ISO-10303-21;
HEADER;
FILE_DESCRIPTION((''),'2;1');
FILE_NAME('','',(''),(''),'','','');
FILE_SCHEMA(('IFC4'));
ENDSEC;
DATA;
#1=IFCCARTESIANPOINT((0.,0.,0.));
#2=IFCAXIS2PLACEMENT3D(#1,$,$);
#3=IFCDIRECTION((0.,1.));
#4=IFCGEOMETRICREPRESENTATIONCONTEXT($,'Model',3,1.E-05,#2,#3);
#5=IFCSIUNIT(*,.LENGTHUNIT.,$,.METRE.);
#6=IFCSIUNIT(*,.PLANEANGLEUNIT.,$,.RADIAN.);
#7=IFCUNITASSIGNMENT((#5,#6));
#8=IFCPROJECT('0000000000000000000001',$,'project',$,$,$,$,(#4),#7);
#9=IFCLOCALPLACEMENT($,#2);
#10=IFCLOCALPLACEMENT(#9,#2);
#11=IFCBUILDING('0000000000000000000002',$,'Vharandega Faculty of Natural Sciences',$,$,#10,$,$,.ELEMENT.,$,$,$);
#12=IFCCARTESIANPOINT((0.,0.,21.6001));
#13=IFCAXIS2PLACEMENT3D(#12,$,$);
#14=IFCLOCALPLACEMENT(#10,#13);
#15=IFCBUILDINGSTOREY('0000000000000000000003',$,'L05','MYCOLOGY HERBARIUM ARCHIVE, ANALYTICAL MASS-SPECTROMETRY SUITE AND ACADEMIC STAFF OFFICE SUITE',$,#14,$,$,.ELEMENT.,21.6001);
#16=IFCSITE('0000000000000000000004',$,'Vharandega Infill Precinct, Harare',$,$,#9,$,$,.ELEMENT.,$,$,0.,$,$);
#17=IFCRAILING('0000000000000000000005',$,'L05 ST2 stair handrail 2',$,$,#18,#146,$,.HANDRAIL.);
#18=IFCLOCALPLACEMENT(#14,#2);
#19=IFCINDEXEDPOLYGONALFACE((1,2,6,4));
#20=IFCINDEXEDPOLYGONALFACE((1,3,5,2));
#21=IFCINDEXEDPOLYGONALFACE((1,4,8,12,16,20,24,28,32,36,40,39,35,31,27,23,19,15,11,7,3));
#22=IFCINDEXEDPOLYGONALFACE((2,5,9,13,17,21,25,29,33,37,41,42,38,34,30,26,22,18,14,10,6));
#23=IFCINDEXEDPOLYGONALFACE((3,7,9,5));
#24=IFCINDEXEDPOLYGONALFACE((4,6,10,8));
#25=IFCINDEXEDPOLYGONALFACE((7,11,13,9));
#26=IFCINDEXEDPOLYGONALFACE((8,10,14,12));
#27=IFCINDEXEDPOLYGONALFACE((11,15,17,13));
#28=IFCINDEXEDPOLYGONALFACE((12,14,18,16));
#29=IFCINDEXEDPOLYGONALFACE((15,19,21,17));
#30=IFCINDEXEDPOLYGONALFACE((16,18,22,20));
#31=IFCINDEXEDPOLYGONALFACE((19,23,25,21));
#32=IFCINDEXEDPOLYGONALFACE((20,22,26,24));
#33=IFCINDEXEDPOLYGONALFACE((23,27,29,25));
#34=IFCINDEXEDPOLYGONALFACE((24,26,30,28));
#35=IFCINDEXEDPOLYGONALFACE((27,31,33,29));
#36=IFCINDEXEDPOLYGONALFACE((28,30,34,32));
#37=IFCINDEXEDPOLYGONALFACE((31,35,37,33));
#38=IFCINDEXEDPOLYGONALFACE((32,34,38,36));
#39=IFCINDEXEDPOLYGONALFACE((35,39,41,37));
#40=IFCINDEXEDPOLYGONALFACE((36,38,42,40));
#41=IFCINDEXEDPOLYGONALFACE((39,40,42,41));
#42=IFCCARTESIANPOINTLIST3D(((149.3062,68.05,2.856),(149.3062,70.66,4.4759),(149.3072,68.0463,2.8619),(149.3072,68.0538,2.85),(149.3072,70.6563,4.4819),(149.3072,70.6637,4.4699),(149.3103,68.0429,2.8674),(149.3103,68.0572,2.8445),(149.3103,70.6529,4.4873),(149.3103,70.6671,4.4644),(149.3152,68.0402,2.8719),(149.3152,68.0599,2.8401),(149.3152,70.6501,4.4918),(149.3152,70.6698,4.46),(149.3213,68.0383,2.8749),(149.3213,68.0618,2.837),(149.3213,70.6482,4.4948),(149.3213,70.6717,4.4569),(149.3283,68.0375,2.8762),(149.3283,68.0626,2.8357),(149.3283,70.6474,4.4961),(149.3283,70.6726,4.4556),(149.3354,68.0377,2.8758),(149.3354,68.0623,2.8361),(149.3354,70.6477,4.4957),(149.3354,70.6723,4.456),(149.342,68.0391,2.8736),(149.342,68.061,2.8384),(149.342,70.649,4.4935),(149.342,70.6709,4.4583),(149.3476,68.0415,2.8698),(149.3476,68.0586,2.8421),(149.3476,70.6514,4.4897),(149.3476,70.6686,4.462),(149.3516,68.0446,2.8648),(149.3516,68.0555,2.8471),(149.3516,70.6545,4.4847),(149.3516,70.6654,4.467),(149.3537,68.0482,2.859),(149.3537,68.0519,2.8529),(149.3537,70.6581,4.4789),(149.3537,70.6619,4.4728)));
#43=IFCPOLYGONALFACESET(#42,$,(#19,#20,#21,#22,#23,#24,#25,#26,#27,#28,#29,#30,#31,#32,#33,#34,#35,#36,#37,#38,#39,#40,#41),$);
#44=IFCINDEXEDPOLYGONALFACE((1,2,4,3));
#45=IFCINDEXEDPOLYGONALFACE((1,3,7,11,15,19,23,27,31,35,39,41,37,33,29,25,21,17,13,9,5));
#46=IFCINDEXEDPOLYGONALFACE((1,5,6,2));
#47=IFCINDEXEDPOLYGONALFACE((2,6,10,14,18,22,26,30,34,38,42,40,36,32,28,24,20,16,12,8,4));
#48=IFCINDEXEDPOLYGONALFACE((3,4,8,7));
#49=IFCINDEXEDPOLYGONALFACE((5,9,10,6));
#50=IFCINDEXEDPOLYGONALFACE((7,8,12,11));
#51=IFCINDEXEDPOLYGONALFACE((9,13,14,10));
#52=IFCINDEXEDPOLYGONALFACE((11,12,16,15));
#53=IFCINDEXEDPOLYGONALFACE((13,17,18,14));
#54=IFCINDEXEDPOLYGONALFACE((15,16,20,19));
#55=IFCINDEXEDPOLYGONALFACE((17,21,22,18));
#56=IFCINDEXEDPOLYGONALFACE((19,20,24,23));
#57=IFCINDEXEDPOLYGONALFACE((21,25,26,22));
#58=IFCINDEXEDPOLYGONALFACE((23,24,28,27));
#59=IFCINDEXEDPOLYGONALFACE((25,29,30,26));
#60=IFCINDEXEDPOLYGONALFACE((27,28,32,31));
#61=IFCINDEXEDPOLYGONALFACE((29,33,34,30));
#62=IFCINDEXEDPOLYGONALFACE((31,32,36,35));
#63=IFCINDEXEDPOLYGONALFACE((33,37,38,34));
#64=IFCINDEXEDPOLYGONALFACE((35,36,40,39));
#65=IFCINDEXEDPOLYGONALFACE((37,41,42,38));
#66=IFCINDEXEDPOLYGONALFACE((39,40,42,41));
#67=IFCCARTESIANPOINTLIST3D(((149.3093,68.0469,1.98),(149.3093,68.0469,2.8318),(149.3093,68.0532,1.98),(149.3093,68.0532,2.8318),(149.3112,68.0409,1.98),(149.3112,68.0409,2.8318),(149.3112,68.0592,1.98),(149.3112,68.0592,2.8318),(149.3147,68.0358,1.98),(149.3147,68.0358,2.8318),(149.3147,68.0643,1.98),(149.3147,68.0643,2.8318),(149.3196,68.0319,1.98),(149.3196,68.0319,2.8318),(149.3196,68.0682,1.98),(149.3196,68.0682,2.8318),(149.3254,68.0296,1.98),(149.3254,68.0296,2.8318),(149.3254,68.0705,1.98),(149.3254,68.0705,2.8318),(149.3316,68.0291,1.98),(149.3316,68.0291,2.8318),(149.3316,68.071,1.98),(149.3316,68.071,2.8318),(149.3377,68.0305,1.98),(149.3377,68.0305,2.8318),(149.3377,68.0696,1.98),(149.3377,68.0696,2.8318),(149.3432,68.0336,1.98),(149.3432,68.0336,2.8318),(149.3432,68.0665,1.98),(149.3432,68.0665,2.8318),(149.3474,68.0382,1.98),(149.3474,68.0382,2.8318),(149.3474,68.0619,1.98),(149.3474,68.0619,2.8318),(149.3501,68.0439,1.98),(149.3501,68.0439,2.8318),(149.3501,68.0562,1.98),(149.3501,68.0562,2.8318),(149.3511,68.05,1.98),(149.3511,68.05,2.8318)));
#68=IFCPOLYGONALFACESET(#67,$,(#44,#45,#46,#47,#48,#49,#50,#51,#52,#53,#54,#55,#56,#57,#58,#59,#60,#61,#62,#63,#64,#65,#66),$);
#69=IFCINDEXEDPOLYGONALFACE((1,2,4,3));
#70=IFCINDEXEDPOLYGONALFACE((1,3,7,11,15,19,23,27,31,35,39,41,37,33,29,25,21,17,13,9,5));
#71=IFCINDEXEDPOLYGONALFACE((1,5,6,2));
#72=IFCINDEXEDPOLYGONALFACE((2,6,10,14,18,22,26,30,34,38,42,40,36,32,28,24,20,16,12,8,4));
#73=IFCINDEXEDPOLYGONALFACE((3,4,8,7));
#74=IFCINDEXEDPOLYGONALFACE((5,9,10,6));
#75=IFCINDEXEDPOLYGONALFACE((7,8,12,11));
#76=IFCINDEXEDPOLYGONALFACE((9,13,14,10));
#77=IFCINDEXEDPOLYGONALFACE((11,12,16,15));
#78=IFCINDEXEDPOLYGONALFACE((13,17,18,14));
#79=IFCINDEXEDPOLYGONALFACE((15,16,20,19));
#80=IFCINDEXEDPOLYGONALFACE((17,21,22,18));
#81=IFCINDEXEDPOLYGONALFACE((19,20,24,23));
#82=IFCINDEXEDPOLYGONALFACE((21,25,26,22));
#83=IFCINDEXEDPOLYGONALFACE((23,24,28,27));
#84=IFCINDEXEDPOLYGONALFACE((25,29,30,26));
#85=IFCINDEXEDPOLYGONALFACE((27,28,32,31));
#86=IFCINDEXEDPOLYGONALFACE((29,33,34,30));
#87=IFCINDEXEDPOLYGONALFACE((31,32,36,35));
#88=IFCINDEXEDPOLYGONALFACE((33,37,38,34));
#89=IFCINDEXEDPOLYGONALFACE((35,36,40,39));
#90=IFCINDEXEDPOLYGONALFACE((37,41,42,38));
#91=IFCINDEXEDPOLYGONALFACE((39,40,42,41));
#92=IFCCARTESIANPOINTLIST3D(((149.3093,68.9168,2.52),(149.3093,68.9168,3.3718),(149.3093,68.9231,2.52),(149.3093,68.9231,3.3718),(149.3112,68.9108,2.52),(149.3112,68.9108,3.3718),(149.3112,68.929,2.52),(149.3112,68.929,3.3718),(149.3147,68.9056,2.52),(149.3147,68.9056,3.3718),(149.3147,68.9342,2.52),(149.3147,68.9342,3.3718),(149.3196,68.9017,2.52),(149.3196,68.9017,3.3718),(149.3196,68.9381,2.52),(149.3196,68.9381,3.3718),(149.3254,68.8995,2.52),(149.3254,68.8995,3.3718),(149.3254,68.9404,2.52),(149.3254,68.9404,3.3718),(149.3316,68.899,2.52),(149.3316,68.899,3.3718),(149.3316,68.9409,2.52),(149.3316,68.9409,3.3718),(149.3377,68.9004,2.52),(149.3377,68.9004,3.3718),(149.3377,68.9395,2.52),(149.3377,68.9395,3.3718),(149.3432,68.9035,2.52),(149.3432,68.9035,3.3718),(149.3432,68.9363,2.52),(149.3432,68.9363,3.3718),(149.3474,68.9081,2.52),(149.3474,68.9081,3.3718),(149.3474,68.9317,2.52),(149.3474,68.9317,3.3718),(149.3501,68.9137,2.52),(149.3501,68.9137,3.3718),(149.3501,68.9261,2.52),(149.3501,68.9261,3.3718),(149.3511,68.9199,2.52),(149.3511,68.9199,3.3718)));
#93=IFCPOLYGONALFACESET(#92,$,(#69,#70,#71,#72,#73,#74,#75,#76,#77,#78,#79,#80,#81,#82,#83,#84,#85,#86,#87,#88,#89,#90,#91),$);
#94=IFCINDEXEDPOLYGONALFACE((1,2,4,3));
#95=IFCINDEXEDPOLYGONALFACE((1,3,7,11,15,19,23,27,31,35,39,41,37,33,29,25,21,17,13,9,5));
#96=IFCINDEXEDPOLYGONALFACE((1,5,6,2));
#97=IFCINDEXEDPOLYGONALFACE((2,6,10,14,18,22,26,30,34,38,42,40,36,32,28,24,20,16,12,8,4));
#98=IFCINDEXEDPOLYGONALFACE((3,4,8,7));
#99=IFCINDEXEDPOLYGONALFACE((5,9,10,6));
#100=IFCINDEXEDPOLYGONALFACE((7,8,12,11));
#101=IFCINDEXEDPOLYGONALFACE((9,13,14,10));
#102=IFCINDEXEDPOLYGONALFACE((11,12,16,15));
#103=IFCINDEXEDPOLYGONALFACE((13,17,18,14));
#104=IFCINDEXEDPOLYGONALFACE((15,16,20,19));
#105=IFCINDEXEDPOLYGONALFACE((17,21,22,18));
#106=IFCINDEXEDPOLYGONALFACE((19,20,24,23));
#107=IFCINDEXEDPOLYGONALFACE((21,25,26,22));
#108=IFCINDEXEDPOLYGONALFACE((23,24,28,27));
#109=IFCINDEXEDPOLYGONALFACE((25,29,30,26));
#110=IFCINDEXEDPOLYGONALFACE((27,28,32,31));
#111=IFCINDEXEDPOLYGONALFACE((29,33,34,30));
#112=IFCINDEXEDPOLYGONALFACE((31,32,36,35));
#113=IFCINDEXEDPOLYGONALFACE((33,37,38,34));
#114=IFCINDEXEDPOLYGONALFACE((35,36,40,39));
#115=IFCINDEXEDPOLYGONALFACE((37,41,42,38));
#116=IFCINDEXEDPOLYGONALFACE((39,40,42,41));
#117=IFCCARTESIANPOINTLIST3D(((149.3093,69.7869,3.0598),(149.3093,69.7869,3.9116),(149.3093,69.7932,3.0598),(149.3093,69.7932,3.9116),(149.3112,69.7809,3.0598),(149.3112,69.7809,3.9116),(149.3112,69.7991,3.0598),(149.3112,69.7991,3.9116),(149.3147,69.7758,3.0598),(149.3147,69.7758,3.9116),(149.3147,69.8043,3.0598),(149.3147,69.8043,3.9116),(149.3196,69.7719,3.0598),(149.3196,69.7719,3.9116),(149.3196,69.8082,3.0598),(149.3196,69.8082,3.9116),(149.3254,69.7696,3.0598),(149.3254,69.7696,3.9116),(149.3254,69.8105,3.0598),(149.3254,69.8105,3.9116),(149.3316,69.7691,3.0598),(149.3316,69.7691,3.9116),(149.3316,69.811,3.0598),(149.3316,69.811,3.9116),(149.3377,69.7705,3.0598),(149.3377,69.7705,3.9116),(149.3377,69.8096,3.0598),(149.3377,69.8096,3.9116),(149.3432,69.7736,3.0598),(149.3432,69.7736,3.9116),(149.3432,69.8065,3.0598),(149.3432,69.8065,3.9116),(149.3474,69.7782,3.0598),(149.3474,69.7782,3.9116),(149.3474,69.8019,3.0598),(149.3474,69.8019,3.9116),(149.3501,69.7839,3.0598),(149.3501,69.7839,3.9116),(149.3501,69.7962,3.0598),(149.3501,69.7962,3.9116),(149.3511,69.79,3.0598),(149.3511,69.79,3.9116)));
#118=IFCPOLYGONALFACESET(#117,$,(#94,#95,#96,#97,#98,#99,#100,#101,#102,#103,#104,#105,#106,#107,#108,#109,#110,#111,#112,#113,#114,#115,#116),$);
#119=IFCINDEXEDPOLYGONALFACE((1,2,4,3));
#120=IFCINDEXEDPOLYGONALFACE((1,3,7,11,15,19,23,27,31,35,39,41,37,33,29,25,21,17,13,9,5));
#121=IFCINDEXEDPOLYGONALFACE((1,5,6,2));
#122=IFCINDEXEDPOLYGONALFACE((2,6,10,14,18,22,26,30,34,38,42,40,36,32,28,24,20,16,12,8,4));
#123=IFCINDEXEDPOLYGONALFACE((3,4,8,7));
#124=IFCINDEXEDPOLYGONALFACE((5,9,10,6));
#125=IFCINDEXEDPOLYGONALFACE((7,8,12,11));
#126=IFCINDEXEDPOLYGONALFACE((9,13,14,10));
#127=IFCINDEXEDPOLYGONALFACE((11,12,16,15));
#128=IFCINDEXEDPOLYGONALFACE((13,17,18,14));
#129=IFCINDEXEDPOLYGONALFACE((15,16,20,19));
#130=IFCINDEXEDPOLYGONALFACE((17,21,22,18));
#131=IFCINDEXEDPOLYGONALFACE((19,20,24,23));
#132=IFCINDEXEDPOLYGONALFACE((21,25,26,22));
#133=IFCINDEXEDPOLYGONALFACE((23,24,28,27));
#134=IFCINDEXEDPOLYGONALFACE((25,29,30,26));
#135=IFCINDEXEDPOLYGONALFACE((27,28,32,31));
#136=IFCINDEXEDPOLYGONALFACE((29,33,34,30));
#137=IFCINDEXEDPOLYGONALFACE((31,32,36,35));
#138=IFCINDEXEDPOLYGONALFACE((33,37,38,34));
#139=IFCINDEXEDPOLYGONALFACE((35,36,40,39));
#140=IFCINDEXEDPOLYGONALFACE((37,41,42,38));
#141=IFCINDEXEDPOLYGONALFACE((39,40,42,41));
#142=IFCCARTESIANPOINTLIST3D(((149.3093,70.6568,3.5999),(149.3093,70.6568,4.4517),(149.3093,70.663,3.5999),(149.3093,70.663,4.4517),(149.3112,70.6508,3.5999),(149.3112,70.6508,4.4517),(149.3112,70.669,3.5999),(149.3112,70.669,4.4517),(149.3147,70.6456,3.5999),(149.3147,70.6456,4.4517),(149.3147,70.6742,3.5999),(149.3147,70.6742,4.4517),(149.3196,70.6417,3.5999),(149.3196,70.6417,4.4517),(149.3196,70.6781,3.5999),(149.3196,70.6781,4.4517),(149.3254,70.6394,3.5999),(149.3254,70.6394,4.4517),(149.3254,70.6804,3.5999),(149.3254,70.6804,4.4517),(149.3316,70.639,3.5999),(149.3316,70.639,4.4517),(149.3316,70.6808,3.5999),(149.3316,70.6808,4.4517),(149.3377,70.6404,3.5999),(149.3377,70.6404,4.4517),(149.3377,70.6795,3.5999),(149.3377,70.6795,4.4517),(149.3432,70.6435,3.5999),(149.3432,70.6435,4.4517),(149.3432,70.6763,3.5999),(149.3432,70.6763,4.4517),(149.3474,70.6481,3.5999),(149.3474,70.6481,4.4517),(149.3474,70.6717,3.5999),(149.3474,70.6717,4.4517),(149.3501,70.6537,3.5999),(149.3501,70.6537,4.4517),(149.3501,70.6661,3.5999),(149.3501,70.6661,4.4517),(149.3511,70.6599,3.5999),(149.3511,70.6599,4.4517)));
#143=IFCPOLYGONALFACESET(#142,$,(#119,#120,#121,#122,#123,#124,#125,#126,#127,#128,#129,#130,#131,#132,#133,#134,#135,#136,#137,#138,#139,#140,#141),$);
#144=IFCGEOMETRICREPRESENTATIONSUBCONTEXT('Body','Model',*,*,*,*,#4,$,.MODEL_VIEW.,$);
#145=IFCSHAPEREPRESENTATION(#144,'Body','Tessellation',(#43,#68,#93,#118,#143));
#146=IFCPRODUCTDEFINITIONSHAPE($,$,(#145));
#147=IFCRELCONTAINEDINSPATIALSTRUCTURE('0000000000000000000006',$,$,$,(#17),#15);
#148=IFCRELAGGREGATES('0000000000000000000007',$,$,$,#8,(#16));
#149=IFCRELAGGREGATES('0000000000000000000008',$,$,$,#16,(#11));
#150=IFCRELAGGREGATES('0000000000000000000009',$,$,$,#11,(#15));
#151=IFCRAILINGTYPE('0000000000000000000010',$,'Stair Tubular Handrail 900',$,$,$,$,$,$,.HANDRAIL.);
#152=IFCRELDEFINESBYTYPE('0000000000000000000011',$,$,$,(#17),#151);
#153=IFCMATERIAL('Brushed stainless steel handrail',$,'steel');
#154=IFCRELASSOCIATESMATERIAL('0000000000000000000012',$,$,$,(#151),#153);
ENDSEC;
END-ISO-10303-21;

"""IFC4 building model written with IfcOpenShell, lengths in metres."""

from ifc_helpers import new_model, si_unit, direction, frame, origin, origin_2d, place, context, subcontext, project, spatial, circle, extrude, material, type_object, element, save


model = new_model("IFC4")

# Units and contexts
model_context = context("Model", 3, precision=1e-05, world=origin(), true_north=direction((0.0, 1.0)))
body_context = subcontext(model_context, "Body", "Model", "MODEL_VIEW")
ifc_project = project(units=[si_unit("LENGTHUNIT", "METRE"), si_unit("PLANEANGLEUNIT", "RADIAN")], contexts=[model_context])

# Site, building, storey
site_placement = place(None, origin())
site = spatial("IfcSite", under=ifc_project, at=site_placement, Name="Vharandega Infill Precinct, Harare", CompositionType="ELEMENT", RefElevation=0.0)
building_placement = place(site_placement, origin())
building = spatial("IfcBuilding", under=site, at=building_placement, Name="Vharandega Faculty of Natural Sciences", CompositionType="ELEMENT")
storey_placement = place(building_placement, frame((0.0, 0.0, 21.6001)))
storey = spatial("IfcBuildingStorey", under=building, at=storey_placement, Name="L05", Description="MYCOLOGY HERBARIUM ARCHIVE, ANALYTICAL MASS-SPECTROMETRY SUITE AND ACADEMIC STAFF OFFICE SUITE", CompositionType="ELEMENT", Elevation=21.6001)

# Railing
ifc_material_1 = material(Name="Brushed stainless steel handrail", Category="steel")
railing_type_1 = type_object("IfcRailingType", Name="Stair Tubular Handrail 900", PredefinedType="HANDRAIL", material=ifc_material_1)
railing_1_placement = place(storey_placement, frame((149.3301, 68.05, 1.98)))
element("IfcRailing", 1, at=railing_1_placement, inside=storey, type_object=railing_type_1, Name="L05 ST2 stair handrail 2", PredefinedType="HANDRAIL", context=body_context, shape_type="SweptSolid", body=[
    extrude(circle(Radius=0.0239, at=origin_2d()), frame((0.0, 0.0, 0.876), z_axis=(0.0, 0.849646, 0.527353), x_axis=(-1.0, 0.0, 0.0)), (0.0, 0.0, 1.0), 3.0718),
    extrude(circle(Radius=0.021, at=origin_2d()), origin(), (0.0, 0.0, 1.0), 0.8518),
    extrude(circle(Radius=0.021, at=origin_2d()), frame((0.0, 0.8699, 0.54)), (0.0, 0.0, 1.0), 0.8518),
    extrude(circle(Radius=0.021, at=origin_2d()), frame((0.0, 1.74, 1.0798)), (0.0, 0.0, 1.0), 0.8518),
    extrude(circle(Radius=0.021, at=origin_2d()), frame((0.0, 2.6099, 1.6199)), (0.0, 0.0, 1.0), 0.8518),
])

save(model, "model.ifc")
